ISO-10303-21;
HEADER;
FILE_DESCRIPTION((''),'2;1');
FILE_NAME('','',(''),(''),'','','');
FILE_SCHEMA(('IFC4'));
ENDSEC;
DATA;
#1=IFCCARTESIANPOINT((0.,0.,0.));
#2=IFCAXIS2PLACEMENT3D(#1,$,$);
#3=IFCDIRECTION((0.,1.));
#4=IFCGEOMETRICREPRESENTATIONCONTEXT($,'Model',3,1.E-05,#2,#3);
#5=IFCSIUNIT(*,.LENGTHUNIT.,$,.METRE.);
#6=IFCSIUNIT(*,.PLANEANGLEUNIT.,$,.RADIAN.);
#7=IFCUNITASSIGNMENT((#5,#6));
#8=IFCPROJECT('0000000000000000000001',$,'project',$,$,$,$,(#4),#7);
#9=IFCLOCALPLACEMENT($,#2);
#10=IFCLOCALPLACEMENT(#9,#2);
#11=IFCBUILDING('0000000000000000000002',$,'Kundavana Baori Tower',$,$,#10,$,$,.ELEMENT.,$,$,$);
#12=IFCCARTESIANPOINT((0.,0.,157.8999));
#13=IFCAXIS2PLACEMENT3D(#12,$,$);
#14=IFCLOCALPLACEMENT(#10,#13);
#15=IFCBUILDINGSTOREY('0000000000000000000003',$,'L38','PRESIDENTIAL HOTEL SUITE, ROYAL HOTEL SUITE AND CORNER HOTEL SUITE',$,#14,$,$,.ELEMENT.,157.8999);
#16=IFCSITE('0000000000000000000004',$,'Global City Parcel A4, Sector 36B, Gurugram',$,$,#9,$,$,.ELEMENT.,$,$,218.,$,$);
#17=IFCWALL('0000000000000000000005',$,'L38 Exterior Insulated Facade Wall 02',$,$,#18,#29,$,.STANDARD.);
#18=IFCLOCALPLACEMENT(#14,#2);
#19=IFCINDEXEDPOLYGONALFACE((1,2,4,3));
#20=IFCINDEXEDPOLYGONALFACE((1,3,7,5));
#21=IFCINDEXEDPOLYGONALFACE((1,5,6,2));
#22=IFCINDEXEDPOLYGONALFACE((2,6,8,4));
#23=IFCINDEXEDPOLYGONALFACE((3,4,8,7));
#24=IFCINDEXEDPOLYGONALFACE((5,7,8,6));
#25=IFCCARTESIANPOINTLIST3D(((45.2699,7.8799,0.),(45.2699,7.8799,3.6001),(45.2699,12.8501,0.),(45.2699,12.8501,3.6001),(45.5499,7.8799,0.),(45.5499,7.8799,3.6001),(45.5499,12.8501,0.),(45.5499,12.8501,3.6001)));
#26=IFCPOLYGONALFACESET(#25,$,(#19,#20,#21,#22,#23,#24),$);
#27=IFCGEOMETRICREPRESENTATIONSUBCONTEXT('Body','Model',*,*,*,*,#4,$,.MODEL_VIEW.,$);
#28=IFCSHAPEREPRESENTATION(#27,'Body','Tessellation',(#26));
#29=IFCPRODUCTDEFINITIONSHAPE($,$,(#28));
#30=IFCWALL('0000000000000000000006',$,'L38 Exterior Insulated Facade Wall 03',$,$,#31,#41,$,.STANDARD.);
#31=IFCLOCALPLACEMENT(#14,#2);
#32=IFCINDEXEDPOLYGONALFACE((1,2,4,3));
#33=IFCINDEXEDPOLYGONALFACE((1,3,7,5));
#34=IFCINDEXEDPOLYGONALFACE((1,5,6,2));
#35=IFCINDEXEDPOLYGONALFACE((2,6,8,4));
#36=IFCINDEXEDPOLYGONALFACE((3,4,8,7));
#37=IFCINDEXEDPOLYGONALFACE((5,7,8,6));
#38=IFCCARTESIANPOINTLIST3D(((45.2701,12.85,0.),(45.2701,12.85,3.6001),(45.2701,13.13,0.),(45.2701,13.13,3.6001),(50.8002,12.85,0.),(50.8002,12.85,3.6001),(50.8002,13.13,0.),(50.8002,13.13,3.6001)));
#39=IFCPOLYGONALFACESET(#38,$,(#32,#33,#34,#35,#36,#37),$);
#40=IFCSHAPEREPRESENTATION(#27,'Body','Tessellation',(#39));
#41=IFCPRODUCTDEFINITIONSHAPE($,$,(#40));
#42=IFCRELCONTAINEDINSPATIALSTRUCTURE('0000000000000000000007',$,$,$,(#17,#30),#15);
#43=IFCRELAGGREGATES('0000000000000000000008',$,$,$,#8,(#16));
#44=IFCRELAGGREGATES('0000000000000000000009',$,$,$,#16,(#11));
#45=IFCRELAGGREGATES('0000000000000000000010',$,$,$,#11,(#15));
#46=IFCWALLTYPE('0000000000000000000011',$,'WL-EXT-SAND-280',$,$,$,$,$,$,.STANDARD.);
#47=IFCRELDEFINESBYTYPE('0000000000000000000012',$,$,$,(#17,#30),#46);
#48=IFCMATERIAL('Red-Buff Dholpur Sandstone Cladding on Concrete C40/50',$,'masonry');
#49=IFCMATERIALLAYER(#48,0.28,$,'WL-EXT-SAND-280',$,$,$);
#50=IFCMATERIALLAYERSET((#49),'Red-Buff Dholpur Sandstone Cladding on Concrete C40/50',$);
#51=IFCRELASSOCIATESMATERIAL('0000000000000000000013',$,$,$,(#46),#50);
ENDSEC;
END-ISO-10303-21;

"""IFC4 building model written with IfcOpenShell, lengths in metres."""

from ifc_helpers import new_model, si_unit, direction, frame, frame_2d, origin, place, context, subcontext, project, spatial, rectangle, extrude, material, layer, layer_set, type_object, element, save


model = new_model("IFC4")

# Units and contexts
model_context = context("Model", 3, precision=1e-05, world=origin(), true_north=direction((0.0, 1.0)))
body_context = subcontext(model_context, "Body", "Model", "MODEL_VIEW")
ifc_project = project(units=[si_unit("LENGTHUNIT", "METRE"), si_unit("PLANEANGLEUNIT", "RADIAN")], contexts=[model_context])

# Site, building, storey
site_placement = place(None, origin())
site = spatial("IfcSite", under=ifc_project, at=site_placement, Name="Global City Parcel A4, Sector 36B, Gurugram", CompositionType="ELEMENT", RefElevation=218.0)
building_placement = place(site_placement, origin())
building = spatial("IfcBuilding", under=site, at=building_placement, Name="Kundavana Baori Tower", CompositionType="ELEMENT")
storey_placement = place(building_placement, frame((0.0, 0.0, 157.8999)))
storey = spatial("IfcBuildingStorey", under=building, at=storey_placement, Name="L38", Description="PRESIDENTIAL HOTEL SUITE, ROYAL HOTEL SUITE AND CORNER HOTEL SUITE", CompositionType="ELEMENT", Elevation=157.8999)

# Walls
ifc_material_1 = material(Name="Red-Buff Dholpur Sandstone Cladding on Concrete C40/50", Category="masonry")
ifc_layer_1 = layer(ifc_material_1, 0.28, Name="WL-EXT-SAND-280")
ifc_layer_set_1 = layer_set([ifc_layer_1], Name="Red-Buff Dholpur Sandstone Cladding on Concrete C40/50")
wall_type_1 = type_object("IfcWallType", Name="WL-EXT-SAND-280", PredefinedType="STANDARD", material=ifc_layer_set_1)
wall_1_placement = place(storey_placement, frame((45.4099, 7.8799, 0.0), z_axis=(0.0, 0.0, 1.0), x_axis=(0.0, 1.0, 0.0)))
element("IfcWall", 1, at=wall_1_placement, inside=storey, type_object=wall_type_1, Name="L38 Exterior Insulated Facade Wall 02", PredefinedType="STANDARD", context=body_context, shape_type="SweptSolid", body=[
    extrude(rectangle(XDim=4.9702, YDim=0.28, at=frame_2d((2.4851, 0.0))), origin(), (0.0, 0.0, 1.0), 3.6001),
])
wall_2_placement = place(storey_placement, frame((45.27, 12.99, 0.0), z_axis=(0.0, 0.0, 1.0), x_axis=(1.0, 0.0, 0.0)))
element("IfcWall", 2, at=wall_2_placement, inside=storey, type_object=wall_type_1, Name="L38 Exterior Insulated Facade Wall 03", PredefinedType="STANDARD", context=body_context, shape_type="SweptSolid", body=[
    extrude(rectangle(XDim=5.53, YDim=0.28, at=frame_2d((2.7651, 0.0))), origin(), (0.0, 0.0, 1.0), 3.6001),
])

save(model, "model.ifc")
